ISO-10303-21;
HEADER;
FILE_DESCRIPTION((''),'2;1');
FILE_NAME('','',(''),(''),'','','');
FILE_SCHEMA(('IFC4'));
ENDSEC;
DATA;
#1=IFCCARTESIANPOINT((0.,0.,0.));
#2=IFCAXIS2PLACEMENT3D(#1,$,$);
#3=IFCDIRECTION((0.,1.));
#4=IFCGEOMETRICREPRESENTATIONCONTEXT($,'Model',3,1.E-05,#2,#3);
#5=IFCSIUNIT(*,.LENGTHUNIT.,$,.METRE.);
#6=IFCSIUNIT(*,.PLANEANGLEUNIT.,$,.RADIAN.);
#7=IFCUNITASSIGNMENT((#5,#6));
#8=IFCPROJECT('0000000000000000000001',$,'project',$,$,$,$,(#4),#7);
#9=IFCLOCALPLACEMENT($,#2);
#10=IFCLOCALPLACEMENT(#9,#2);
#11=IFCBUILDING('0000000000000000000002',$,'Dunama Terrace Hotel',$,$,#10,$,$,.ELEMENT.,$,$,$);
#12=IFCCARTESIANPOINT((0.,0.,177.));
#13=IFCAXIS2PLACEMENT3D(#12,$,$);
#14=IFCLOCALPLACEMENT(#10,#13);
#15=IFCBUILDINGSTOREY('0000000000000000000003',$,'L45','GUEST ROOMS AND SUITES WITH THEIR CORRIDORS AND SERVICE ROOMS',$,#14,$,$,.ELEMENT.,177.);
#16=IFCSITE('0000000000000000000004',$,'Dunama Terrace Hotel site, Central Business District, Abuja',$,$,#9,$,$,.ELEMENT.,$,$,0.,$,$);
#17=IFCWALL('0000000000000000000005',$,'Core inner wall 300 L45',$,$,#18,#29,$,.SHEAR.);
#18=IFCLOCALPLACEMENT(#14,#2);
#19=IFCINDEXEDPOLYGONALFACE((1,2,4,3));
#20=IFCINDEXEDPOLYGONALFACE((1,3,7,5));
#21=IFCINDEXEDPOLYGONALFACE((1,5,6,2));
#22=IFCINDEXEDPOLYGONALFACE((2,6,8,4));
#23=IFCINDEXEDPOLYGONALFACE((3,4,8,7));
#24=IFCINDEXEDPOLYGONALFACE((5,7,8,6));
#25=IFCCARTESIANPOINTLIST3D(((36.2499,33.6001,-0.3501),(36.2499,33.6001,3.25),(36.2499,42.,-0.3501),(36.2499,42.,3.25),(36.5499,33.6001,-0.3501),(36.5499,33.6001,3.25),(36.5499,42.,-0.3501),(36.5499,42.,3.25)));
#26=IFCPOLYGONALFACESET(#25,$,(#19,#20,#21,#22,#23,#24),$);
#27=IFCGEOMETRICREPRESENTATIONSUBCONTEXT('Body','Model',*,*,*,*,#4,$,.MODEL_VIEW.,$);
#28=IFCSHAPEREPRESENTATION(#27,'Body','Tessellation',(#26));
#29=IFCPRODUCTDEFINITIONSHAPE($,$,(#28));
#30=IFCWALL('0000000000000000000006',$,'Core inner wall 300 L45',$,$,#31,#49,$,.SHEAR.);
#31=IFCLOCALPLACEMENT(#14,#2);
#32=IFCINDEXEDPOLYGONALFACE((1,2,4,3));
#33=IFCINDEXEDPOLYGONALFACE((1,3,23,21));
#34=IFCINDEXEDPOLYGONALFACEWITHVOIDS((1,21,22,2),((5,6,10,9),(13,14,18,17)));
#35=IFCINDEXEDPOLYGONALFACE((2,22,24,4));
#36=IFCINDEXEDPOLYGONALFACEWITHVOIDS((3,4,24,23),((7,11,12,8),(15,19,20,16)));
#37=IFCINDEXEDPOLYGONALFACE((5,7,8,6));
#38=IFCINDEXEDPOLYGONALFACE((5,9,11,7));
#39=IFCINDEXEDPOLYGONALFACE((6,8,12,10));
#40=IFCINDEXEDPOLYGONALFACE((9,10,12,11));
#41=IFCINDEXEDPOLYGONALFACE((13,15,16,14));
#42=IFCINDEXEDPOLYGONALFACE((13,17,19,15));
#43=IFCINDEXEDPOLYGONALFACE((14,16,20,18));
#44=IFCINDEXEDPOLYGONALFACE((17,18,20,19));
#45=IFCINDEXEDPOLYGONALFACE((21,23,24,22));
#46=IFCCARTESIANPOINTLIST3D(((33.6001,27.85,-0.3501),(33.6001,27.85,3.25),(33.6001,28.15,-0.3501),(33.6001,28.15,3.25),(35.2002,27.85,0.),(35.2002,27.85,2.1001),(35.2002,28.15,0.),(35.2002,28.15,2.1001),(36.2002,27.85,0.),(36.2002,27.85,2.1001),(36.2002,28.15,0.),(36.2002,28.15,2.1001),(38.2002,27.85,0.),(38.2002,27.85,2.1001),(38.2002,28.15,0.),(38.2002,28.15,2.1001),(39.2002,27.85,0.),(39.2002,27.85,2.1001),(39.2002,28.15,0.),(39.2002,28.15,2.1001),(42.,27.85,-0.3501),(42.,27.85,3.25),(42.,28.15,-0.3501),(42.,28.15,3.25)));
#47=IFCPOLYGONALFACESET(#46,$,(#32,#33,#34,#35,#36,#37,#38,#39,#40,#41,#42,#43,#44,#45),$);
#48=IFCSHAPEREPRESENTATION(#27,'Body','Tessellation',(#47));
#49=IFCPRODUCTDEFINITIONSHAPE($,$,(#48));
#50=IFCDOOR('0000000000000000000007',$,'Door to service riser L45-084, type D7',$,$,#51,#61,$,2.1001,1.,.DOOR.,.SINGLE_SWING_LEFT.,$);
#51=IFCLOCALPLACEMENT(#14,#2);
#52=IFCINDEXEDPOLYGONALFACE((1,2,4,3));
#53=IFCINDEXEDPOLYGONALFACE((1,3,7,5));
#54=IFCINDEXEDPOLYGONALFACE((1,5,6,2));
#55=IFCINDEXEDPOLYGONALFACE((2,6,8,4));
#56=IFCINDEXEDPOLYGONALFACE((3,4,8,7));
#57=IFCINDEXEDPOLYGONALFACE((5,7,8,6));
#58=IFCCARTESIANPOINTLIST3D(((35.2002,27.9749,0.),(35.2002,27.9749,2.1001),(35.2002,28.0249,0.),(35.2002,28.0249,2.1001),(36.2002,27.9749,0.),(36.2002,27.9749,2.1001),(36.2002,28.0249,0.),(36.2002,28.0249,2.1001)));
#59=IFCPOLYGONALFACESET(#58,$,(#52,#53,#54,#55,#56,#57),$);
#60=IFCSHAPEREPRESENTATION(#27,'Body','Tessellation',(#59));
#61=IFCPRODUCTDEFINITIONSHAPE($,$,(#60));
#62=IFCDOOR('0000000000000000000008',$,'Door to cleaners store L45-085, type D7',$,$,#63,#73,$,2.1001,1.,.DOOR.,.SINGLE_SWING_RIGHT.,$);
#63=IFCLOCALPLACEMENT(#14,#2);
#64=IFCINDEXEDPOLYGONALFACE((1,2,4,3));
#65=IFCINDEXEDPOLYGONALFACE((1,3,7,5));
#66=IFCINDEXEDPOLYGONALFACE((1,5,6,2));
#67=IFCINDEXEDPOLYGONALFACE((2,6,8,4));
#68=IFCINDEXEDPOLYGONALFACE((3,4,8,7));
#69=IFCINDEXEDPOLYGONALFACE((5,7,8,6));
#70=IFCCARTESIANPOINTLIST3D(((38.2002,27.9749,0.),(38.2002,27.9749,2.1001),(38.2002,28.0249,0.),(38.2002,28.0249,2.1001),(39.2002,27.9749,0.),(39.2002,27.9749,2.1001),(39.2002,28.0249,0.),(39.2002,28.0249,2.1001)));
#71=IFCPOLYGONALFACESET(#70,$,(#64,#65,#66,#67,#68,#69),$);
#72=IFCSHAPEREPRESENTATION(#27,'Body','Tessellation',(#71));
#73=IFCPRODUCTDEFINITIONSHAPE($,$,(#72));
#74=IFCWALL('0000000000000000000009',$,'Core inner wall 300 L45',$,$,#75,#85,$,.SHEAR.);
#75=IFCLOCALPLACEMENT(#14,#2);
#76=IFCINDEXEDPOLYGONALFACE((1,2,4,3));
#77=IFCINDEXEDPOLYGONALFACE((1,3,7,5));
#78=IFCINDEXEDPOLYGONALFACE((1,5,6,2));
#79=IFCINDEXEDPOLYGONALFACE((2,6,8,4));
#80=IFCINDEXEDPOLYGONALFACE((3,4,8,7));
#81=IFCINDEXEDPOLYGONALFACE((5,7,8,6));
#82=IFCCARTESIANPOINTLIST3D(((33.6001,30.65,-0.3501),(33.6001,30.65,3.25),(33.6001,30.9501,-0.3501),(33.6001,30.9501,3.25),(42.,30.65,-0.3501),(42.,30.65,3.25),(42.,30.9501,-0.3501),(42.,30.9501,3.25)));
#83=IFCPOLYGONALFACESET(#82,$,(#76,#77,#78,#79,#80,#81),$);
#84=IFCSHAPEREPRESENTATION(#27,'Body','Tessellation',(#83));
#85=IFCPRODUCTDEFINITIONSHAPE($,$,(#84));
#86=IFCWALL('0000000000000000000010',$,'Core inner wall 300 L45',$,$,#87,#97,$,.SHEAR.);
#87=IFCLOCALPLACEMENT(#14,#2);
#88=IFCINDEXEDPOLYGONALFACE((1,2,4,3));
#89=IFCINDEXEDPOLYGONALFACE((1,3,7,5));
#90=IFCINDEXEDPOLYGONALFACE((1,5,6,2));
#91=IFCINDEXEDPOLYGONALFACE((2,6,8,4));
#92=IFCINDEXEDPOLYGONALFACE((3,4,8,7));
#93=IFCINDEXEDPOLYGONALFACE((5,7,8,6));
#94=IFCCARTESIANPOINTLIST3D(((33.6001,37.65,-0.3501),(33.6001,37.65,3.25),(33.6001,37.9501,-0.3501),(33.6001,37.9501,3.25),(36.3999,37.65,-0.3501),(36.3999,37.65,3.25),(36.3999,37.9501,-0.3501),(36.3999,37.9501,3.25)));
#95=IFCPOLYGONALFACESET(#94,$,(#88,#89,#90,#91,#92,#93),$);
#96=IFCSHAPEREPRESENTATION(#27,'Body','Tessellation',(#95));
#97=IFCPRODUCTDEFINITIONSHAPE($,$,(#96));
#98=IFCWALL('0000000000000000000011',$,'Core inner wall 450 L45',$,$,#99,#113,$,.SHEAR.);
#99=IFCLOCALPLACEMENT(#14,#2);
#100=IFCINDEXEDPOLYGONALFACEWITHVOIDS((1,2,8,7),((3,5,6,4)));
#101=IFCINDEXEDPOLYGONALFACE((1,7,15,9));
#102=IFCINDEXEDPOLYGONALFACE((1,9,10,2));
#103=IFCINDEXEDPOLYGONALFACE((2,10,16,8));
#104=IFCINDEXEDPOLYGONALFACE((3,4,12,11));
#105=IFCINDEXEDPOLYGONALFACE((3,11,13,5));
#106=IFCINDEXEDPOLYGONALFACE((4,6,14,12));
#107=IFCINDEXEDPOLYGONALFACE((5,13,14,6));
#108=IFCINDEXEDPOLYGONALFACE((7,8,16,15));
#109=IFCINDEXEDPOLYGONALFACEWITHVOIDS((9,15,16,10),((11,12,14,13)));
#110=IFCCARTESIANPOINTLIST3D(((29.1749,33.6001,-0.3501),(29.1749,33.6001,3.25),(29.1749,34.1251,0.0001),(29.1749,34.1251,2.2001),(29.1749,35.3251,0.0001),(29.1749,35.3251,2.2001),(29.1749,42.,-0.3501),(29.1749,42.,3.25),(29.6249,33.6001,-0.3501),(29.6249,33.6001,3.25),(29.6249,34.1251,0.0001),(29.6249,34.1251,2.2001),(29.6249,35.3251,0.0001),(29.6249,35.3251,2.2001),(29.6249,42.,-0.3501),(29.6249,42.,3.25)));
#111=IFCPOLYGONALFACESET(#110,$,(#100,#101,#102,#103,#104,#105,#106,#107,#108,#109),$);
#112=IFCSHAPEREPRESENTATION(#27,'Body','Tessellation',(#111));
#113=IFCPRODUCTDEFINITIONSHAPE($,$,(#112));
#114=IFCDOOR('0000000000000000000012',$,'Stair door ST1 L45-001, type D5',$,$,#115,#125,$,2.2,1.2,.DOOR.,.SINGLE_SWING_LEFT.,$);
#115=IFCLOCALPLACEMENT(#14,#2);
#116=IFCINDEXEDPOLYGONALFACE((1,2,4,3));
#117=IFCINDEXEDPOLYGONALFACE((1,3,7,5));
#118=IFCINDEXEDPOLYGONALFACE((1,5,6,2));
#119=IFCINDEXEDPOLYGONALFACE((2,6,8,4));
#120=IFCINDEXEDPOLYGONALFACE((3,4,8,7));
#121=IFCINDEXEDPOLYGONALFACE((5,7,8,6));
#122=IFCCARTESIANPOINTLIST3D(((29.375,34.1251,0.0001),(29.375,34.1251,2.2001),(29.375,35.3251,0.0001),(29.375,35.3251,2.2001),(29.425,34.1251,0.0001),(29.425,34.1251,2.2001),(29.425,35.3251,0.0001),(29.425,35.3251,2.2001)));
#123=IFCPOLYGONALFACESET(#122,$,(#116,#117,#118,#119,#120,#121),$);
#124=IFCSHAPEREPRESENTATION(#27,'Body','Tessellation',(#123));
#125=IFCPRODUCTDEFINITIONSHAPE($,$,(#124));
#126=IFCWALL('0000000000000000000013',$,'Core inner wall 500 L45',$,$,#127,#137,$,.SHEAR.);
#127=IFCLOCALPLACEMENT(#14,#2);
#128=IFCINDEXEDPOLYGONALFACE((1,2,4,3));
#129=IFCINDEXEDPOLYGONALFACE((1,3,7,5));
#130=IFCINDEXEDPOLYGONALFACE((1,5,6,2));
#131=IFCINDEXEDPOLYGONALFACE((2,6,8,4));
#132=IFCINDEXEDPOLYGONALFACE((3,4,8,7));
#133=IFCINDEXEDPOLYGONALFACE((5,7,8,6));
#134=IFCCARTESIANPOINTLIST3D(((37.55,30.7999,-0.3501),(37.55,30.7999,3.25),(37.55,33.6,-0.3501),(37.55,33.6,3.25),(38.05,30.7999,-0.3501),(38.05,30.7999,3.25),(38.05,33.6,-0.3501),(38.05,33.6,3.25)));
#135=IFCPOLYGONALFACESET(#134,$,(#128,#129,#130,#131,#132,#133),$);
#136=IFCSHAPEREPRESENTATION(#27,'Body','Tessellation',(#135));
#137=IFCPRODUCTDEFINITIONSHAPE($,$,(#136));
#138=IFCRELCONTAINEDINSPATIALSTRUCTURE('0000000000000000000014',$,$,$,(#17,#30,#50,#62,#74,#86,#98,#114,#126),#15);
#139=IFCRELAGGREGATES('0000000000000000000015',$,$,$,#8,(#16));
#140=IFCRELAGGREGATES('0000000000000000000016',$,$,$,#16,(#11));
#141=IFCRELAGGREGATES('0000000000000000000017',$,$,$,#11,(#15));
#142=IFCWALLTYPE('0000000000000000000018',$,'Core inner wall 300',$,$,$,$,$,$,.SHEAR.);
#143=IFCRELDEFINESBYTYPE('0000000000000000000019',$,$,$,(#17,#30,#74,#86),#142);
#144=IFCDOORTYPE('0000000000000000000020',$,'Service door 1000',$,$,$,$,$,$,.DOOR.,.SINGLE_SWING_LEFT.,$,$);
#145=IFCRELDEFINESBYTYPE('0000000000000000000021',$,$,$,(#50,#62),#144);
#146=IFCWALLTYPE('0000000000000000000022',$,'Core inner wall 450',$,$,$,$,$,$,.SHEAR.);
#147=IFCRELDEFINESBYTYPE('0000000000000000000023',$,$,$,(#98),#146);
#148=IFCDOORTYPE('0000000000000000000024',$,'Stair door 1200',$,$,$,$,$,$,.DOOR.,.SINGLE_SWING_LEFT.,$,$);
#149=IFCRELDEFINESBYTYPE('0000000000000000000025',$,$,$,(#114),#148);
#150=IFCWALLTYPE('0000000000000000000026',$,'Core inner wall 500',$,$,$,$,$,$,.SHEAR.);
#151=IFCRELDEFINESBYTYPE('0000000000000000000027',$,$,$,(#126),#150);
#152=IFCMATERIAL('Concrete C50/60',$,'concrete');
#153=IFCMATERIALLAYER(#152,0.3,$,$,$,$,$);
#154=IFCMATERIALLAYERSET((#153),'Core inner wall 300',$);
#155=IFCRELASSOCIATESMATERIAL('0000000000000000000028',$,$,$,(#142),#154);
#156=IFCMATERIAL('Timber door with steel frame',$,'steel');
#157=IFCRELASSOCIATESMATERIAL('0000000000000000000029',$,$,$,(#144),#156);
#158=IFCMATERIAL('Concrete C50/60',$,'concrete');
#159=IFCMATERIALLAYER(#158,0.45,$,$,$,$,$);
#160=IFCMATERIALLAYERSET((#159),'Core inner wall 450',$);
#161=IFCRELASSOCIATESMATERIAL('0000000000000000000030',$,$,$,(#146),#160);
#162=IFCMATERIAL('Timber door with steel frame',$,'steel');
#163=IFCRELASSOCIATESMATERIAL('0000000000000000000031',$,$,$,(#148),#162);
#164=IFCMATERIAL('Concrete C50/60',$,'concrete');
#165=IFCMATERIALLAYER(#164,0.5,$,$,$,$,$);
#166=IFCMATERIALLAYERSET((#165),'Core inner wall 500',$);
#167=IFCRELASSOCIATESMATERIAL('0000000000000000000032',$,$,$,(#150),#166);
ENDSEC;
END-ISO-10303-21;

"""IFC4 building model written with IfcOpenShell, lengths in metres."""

from ifc_helpers import new_model, si_unit, direction, frame, frame_2d, origin, place, context, subcontext, project, spatial, rectangle, extrude, material, layer, layer_set, type_object, element, fill, save


model = new_model("IFC4")

# Units and contexts
model_context = context("Model", 3, precision=1e-05, world=origin(), true_north=direction((0.0, 1.0)))
body_context = subcontext(model_context, "Body", "Model", "MODEL_VIEW")
ifc_project = project(units=[si_unit("LENGTHUNIT", "METRE"), si_unit("PLANEANGLEUNIT", "RADIAN")], contexts=[model_context])

# Site, building, storey
site_placement = place(None, origin())
site = spatial("IfcSite", under=ifc_project, at=site_placement, Name="Dunama Terrace Hotel site, Central Business District, Abuja", CompositionType="ELEMENT", RefElevation=0.0)
building_placement = place(site_placement, origin())
building = spatial("IfcBuilding", under=site, at=building_placement, Name="Dunama Terrace Hotel", CompositionType="ELEMENT")
storey_placement = place(building_placement, frame((0.0, 0.0, 177.0)))
storey = spatial("IfcBuildingStorey", under=building, at=storey_placement, Name="L45", Description="GUEST ROOMS AND SUITES WITH THEIR CORRIDORS AND SERVICE ROOMS", CompositionType="ELEMENT", Elevation=177.0)

# Wall
ifc_material_1 = material(Name="Concrete C50/60", Category="concrete")
ifc_layer_1 = layer(ifc_material_1, 0.3)
ifc_layer_set_1 = layer_set([ifc_layer_1], Name="Core inner wall 300")
wall_type_1 = type_object("IfcWallType", Name="Core inner wall 300", PredefinedType="SHEAR", material=ifc_layer_set_1)
wall_1_placement = place(storey_placement, frame((36.3999, 33.6001, -0.3501), z_axis=(0.0, 0.0, 1.0), x_axis=(0.0, 1.0, 0.0)))
element("IfcWall", 1, at=wall_1_placement, inside=storey, type_object=wall_type_1, Name="Core inner wall 300 L45", PredefinedType="SHEAR", context=body_context, shape_type="SweptSolid", body=[
    extrude(rectangle(XDim=8.3999, YDim=0.3, at=frame_2d((4.2, 0.0))), origin(), (0.0, 0.0, 1.0), 3.6001),
])

# Wall, openings, doors
wall_2_placement = place(storey_placement, frame((33.6001, 28.0, -0.3501), z_axis=(0.0, 0.0, 1.0), x_axis=(1.0, 0.0, 0.0)))
wall_2 = element("IfcWall", 2, at=wall_2_placement, inside=storey, type_object=wall_type_1, Name="Core inner wall 300 L45", PredefinedType="SHEAR", context=body_context, shape_type="SweptSolid", body=[
    extrude(rectangle(XDim=8.3999, YDim=0.3, at=frame_2d((4.2, 0.0))), origin(), (0.0, 0.0, 1.0), 3.6001),
])
opening_1_placement = place(wall_2_placement, frame((1.6001, 0.0, 0.3501)))
opening_1 = element("IfcOpeningElement", 3, at=opening_1_placement, cuts=wall_2, PredefinedType="OPENING", context=body_context, shape_type="SweptSolid", body=[
    extrude(rectangle(XDim=1.0, YDim=2.1001, at=frame_2d((0.5, 1.05))), frame((0.0, 0.1599, 0.0), z_axis=(0.0, -1.0, 0.0), x_axis=(1.0, 0.0, 0.0)), (0.0, 0.0, 1.0), 0.3201),
])
opening_2_placement = place(wall_2_placement, frame((4.6001, 0.0, 0.3501)))
opening_2 = element("IfcOpeningElement", 4, at=opening_2_placement, cuts=wall_2, PredefinedType="OPENING", context=body_context, shape_type="SweptSolid", body=[
    extrude(rectangle(XDim=1.0, YDim=2.1001, at=frame_2d((0.5, 1.05))), frame((0.0, 0.1599, 0.0), z_axis=(0.0, -1.0, 0.0), x_axis=(1.0, 0.0, 0.0)), (0.0, 0.0, 1.0), 0.3201),
])
ifc_material_2 = material(Name="Timber door with steel frame", Category="steel")
door_type_1 = type_object("IfcDoorType", Name="Service door 1000", OperationType="SINGLE_SWING_LEFT", PredefinedType="DOOR", material=ifc_material_2)
door_1_placement = place(opening_1_placement, frame((1.0, 0.0, 0.0), z_axis=(0.0, 0.0, 1.0), x_axis=(-1.0, 0.0, 0.0)))
door_1 = element("IfcDoor", 5, at=door_1_placement, inside=storey, type_object=door_type_1, Name="Door to service riser L45-084, type D7", OperationType="SINGLE_SWING_LEFT", OverallHeight=2.1001, OverallWidth=1.0, PredefinedType="DOOR", context=body_context, shape_type="SweptSolid", body=[
    extrude(rectangle(XDim=1.0, YDim=2.1001, at=frame_2d((0.5, 1.05))), frame((0.0, 0.0251, 0.0), z_axis=(0.0, -1.0, 0.0), x_axis=(1.0, 0.0, 0.0)), (0.0, 0.0, 1.0), 0.05),
])
fill(opening_1, door_1)
door_2_placement = place(opening_2_placement, frame((1.0, 0.0, 0.0), z_axis=(0.0, 0.0, 1.0), x_axis=(-1.0, 0.0, 0.0)))
door_2 = element("IfcDoor", 6, at=door_2_placement, inside=storey, type_object=door_type_1, Name="Door to cleaners store L45-085, type D7", OperationType="SINGLE_SWING_RIGHT", OverallHeight=2.1001, OverallWidth=1.0, PredefinedType="DOOR", context=body_context, shape_type="SweptSolid", body=[
    extrude(rectangle(XDim=1.0, YDim=2.1001, at=frame_2d((0.5, 1.05))), frame((0.0, 0.0251, 0.0), z_axis=(0.0, -1.0, 0.0), x_axis=(1.0, 0.0, 0.0)), (0.0, 0.0, 1.0), 0.05),
])
fill(opening_2, door_2)

# Walls
wall_3_placement = place(storey_placement, frame((33.6001, 30.8, -0.3501), z_axis=(0.0, 0.0, 1.0), x_axis=(1.0, 0.0, 0.0)))
element("IfcWall", 7, at=wall_3_placement, inside=storey, type_object=wall_type_1, Name="Core inner wall 300 L45", PredefinedType="SHEAR", context=body_context, shape_type="SweptSolid", body=[
    extrude(rectangle(XDim=8.3999, YDim=0.3, at=frame_2d((4.2, 0.0))), origin(), (0.0, 0.0, 1.0), 3.6001),
])
wall_4_placement = place(storey_placement, frame((33.6001, 37.8, -0.3501), z_axis=(0.0, 0.0, 1.0), x_axis=(1.0, 0.0, 0.0)))
element("IfcWall", 8, at=wall_4_placement, inside=storey, type_object=wall_type_1, Name="Core inner wall 300 L45", PredefinedType="SHEAR", context=body_context, shape_type="SweptSolid", body=[
    extrude(rectangle(XDim=2.7998, YDim=0.3, at=frame_2d((1.3999, 0.0))), origin(), (0.0, 0.0, 1.0), 3.6001),
])

# Wall, opening, door
ifc_material_3 = material(Name="Concrete C50/60", Category="concrete")
ifc_layer_2 = layer(ifc_material_3, 0.45)
ifc_layer_set_2 = layer_set([ifc_layer_2], Name="Core inner wall 450")
wall_type_2 = type_object("IfcWallType", Name="Core inner wall 450", PredefinedType="SHEAR", material=ifc_layer_set_2)
wall_5_placement = place(storey_placement, frame((29.3999, 33.6001, -0.3501), z_axis=(0.0, 0.0, 1.0), x_axis=(0.0, 1.0, 0.0)))
wall_5 = element("IfcWall", 9, at=wall_5_placement, inside=storey, type_object=wall_type_2, Name="Core inner wall 450 L45", PredefinedType="SHEAR", context=body_context, shape_type="SweptSolid", body=[
    extrude(rectangle(XDim=8.3999, YDim=0.45, at=frame_2d((4.2, 0.0))), origin(), (0.0, 0.0, 1.0), 3.6001),
])
opening_3_placement = place(wall_5_placement, frame((0.5249, 0.0, 0.3501)))
opening_3 = element("IfcOpeningElement", 10, at=opening_3_placement, cuts=wall_5, PredefinedType="OPENING", context=body_context, shape_type="SweptSolid", body=[
    extrude(rectangle(XDim=1.2, YDim=2.2, at=frame_2d((0.6001, 1.1001))), frame((0.0, 0.2349, 0.0), z_axis=(0.0, -1.0, 0.0), x_axis=(1.0, 0.0, 0.0)), (0.0, 0.0, 1.0), 0.47),
])
ifc_material_4 = material(Name="Timber door with steel frame", Category="steel")
door_type_2 = type_object("IfcDoorType", Name="Stair door 1200", OperationType="SINGLE_SWING_LEFT", PredefinedType="DOOR", material=ifc_material_4)
door_3_placement = place(opening_3_placement, origin())
door_3 = element("IfcDoor", 11, at=door_3_placement, inside=storey, type_object=door_type_2, Name="Stair door ST1 L45-001, type D5", OperationType="SINGLE_SWING_LEFT", OverallHeight=2.2, OverallWidth=1.2, PredefinedType="DOOR", context=body_context, shape_type="SweptSolid", body=[
    extrude(rectangle(XDim=1.2, YDim=2.2, at=frame_2d((0.6001, 1.1001))), frame((0.0, 0.0249, 0.0), z_axis=(0.0, -1.0, 0.0), x_axis=(1.0, 0.0, 0.0)), (0.0, 0.0, 1.0), 0.05),
])
fill(opening_3, door_3)

# Wall
ifc_material_5 = material(Name="Concrete C50/60", Category="concrete")
ifc_layer_3 = layer(ifc_material_5, 0.5)
ifc_layer_set_3 = layer_set([ifc_layer_3], Name="Core inner wall 500")
wall_type_3 = type_object("IfcWallType", Name="Core inner wall 500", PredefinedType="SHEAR", material=ifc_layer_set_3)
wall_6_placement = place(storey_placement, frame((37.8, 30.8, -0.3501), z_axis=(0.0, 0.0, 1.0), x_axis=(0.0, 1.0, 0.0)))
element("IfcWall", 12, at=wall_6_placement, inside=storey, type_object=wall_type_3, Name="Core inner wall 500 L45", PredefinedType="SHEAR", context=body_context, shape_type="SweptSolid", body=[
    extrude(rectangle(XDim=2.8, YDim=0.5, at=frame_2d((1.3999, 0.0))), origin(), (0.0, 0.0, 1.0), 3.6001),
])

save(model, "model.ifc")
